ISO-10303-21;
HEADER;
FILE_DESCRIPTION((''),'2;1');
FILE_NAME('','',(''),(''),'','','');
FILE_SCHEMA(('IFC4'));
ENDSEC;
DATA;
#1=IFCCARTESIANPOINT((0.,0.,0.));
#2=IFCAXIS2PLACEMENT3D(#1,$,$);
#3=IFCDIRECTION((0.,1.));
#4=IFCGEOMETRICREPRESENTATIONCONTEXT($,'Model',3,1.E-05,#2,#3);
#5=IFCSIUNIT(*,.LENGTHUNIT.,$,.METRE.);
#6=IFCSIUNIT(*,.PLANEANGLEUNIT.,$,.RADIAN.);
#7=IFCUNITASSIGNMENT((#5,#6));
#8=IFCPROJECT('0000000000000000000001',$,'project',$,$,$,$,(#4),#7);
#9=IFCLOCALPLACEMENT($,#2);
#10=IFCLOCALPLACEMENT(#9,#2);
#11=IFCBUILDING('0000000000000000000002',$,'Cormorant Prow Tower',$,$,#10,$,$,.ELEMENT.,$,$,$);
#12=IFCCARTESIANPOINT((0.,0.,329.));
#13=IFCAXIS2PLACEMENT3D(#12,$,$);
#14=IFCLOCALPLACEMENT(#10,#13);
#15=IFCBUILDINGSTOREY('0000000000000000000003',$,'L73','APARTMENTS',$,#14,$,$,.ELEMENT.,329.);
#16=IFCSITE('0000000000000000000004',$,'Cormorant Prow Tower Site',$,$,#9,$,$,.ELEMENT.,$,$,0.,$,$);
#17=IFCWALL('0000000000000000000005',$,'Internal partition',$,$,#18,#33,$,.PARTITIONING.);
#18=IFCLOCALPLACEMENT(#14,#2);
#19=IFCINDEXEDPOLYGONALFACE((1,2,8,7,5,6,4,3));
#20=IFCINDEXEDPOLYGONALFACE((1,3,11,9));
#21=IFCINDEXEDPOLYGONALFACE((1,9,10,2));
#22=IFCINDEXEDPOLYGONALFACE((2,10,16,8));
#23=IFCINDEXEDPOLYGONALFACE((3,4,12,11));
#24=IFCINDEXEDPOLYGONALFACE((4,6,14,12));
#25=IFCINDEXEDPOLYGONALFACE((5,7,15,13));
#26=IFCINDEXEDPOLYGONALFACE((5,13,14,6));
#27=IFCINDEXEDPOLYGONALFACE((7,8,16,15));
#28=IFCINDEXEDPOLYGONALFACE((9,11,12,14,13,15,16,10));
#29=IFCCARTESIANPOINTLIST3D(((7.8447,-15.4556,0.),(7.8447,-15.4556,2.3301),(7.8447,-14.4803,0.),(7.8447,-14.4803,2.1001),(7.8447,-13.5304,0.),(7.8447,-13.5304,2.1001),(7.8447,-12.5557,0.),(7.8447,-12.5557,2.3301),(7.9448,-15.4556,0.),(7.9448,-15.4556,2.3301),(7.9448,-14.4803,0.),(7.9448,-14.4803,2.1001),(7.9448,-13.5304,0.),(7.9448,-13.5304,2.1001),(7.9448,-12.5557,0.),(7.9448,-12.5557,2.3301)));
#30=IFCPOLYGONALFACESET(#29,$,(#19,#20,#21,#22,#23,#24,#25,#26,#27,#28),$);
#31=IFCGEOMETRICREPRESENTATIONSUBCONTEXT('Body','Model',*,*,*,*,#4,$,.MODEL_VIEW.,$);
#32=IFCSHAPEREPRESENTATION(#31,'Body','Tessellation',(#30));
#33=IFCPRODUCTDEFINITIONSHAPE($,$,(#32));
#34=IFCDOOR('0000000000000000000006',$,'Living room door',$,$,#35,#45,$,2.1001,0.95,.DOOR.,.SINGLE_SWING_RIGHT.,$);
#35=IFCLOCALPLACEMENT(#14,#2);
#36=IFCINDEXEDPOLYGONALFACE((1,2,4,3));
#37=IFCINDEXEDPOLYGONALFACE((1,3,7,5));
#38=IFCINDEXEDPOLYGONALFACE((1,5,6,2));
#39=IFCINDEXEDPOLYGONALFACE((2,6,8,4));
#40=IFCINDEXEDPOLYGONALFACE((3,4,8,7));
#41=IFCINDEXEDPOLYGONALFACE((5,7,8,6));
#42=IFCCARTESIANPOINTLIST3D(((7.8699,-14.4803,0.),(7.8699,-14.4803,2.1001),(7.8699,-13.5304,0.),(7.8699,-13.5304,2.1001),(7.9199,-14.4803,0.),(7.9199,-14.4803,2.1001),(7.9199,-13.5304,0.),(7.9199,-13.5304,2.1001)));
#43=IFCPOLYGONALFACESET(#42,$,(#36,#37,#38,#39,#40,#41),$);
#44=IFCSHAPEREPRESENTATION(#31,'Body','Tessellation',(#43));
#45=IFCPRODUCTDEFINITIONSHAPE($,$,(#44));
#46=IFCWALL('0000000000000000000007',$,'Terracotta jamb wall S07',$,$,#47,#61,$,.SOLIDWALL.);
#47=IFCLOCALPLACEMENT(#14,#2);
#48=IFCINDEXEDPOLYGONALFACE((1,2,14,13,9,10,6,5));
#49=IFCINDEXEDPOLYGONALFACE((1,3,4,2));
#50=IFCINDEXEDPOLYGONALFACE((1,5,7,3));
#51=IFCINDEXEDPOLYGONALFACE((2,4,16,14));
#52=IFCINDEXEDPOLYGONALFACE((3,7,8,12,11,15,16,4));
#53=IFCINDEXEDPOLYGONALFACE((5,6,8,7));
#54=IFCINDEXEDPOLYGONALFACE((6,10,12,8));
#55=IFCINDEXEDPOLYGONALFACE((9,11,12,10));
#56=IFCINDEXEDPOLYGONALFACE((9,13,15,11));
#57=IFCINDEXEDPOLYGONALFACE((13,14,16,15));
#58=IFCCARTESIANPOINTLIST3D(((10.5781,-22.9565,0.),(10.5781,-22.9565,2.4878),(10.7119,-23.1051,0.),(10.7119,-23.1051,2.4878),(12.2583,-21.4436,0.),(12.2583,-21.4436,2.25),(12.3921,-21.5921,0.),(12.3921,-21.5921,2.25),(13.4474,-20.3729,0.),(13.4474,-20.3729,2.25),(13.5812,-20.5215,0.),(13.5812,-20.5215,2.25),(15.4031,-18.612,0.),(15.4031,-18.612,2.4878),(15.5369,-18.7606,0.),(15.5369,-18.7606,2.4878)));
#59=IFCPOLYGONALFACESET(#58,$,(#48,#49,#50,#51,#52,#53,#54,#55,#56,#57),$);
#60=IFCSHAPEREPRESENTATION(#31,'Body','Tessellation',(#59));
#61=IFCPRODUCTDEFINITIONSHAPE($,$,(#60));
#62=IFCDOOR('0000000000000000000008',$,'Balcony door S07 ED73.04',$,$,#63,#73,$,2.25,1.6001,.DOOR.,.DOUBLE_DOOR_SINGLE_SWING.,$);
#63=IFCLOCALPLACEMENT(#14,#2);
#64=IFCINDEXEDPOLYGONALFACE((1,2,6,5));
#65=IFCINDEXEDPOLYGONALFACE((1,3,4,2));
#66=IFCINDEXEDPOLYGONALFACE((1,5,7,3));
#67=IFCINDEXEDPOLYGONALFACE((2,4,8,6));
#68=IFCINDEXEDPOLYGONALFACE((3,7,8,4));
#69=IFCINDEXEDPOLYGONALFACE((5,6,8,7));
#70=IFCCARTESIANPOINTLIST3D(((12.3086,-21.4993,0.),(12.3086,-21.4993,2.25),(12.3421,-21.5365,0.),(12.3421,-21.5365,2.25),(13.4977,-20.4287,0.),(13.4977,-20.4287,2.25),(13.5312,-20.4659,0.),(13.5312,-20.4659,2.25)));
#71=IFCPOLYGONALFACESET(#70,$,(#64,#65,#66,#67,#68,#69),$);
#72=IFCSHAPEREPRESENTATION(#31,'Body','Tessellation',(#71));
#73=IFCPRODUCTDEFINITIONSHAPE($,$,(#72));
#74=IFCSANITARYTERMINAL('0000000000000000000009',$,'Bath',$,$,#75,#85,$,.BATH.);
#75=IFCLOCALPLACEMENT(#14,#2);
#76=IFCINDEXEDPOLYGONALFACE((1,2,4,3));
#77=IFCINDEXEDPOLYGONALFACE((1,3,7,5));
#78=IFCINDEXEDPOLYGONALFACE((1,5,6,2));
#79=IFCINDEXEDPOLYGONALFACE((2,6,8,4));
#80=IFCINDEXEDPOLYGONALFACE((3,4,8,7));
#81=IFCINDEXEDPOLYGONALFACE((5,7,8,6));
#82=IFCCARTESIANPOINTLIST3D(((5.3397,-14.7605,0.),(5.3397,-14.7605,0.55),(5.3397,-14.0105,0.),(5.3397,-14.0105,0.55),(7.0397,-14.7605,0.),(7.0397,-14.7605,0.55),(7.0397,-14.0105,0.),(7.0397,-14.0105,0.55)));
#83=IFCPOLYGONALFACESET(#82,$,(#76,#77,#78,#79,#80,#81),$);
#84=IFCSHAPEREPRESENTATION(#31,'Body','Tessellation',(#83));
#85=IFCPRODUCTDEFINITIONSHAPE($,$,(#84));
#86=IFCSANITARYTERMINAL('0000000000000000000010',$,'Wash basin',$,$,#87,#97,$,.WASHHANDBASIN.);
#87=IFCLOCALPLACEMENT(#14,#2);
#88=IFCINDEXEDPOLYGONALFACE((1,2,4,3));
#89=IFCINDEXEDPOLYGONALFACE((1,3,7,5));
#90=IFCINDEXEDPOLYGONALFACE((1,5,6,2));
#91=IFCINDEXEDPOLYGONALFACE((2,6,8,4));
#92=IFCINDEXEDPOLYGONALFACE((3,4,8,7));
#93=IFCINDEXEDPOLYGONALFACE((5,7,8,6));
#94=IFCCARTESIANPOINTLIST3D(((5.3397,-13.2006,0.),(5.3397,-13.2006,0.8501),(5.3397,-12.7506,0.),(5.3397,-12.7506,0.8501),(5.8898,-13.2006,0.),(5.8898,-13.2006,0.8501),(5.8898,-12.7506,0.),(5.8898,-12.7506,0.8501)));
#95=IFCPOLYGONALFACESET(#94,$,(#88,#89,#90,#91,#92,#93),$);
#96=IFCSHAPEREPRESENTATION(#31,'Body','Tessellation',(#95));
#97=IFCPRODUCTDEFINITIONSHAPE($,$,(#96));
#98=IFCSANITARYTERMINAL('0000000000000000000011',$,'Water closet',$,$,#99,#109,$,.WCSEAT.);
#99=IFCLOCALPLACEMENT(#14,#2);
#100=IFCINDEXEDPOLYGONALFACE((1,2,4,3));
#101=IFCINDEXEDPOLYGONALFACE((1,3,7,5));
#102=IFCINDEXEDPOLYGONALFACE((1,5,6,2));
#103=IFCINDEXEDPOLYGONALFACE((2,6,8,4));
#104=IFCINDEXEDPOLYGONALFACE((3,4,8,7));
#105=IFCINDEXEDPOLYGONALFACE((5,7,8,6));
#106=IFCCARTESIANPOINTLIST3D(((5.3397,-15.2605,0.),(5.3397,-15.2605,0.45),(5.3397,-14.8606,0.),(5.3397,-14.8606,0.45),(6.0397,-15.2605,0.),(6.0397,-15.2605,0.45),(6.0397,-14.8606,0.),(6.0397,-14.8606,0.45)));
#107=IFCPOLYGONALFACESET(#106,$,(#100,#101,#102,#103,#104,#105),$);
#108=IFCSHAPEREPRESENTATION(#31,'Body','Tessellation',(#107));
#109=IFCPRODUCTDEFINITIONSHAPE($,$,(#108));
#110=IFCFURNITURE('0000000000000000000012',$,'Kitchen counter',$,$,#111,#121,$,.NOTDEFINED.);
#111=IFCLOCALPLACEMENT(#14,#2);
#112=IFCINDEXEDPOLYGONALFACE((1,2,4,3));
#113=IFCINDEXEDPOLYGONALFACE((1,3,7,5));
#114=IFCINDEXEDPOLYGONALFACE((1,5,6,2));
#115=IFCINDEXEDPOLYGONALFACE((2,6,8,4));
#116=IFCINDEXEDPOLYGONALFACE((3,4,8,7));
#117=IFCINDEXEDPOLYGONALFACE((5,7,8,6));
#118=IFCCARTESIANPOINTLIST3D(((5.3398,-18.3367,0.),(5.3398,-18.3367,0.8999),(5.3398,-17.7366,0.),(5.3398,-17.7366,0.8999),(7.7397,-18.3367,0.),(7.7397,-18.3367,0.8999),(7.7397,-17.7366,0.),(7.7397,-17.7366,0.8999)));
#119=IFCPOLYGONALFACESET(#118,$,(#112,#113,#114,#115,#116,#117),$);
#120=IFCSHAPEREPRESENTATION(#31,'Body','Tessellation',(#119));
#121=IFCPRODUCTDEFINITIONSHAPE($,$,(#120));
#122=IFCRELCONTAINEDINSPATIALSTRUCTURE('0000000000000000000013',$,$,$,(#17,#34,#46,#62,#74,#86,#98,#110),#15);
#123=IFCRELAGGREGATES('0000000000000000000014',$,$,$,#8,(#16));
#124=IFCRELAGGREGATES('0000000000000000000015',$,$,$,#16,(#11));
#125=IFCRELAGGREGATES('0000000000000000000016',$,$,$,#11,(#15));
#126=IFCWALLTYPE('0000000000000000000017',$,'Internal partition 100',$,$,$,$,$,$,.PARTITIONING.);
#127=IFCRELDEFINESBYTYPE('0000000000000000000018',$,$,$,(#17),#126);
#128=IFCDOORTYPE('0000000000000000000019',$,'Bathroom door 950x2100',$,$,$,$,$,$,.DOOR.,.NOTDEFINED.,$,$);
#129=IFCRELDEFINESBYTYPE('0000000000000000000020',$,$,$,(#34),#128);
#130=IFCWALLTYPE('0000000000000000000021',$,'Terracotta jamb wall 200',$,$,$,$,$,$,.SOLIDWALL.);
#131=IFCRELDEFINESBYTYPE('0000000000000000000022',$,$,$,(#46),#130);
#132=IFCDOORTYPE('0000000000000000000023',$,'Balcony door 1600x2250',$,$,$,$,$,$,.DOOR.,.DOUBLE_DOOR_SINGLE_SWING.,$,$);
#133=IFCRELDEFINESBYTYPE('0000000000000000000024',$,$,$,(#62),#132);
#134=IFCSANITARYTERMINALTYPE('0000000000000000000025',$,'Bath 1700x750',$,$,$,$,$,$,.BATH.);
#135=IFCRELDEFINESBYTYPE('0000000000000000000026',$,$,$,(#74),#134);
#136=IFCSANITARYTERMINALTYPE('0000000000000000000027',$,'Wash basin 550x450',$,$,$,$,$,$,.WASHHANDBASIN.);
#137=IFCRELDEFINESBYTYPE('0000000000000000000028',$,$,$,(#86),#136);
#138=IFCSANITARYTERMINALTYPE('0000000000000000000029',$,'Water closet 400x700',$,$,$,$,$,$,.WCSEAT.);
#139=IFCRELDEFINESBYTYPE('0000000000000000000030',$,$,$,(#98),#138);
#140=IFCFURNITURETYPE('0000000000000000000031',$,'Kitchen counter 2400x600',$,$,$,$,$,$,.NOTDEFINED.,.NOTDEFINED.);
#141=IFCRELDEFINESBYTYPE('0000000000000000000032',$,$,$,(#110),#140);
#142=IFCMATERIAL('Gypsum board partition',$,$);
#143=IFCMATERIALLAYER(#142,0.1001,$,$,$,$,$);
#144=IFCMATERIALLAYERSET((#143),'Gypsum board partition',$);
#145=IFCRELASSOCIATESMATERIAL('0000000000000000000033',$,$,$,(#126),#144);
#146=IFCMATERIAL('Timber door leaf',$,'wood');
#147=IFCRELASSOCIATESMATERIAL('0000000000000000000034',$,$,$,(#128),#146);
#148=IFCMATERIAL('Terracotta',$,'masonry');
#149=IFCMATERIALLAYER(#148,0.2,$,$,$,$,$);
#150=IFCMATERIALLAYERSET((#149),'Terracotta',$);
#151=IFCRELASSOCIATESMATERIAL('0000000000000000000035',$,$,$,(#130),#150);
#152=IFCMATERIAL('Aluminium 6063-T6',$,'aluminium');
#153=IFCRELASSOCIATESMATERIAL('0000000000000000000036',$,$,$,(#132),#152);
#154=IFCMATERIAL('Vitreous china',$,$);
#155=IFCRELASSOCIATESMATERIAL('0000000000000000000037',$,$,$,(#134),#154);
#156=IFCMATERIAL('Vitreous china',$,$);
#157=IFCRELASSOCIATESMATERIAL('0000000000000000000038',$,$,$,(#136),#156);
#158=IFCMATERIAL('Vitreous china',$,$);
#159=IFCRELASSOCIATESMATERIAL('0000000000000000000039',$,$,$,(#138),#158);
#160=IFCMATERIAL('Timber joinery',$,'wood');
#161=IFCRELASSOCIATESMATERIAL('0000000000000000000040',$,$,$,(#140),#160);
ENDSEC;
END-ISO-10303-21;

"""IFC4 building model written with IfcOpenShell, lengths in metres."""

from ifc_helpers import new_model, si_unit, direction, frame, frame_2d, origin, origin_2d, place, context, subcontext, project, spatial, rectangle, extrude, material, layer, layer_set, type_object, element, fill, save


model = new_model("IFC4")

# Units and contexts
model_context = context("Model", 3, precision=1e-05, world=origin(), true_north=direction((0.0, 1.0)))
body_context = subcontext(model_context, "Body", "Model", "MODEL_VIEW")
ifc_project = project(units=[si_unit("LENGTHUNIT", "METRE"), si_unit("PLANEANGLEUNIT", "RADIAN")], contexts=[model_context])

# Site, building, storey
site_placement = place(None, origin())
site = spatial("IfcSite", under=ifc_project, at=site_placement, Name="Cormorant Prow Tower Site", CompositionType="ELEMENT", RefElevation=0.0)
building_placement = place(site_placement, origin())
building = spatial("IfcBuilding", under=site, at=building_placement, Name="Cormorant Prow Tower", CompositionType="ELEMENT")
storey_placement = place(building_placement, frame((0.0, 0.0, 329.0)))
storey = spatial("IfcBuildingStorey", under=building, at=storey_placement, Name="L73", Description="APARTMENTS", CompositionType="ELEMENT", Elevation=329.0)

# Walls, openings, doors
ifc_material_1 = material(Name="Gypsum board partition")
ifc_layer_1 = layer(ifc_material_1, 0.1001)
ifc_layer_set_1 = layer_set([ifc_layer_1], Name="Gypsum board partition")
wall_type_1 = type_object("IfcWallType", Name="Internal partition 100", PredefinedType="PARTITIONING", material=ifc_layer_set_1)
ifc_material_2 = material(Name="Timber door leaf", Category="wood")
door_type_1 = type_object("IfcDoorType", Name="Bathroom door 950x2100", OperationType="NOTDEFINED", PredefinedType="DOOR", material=ifc_material_2)
wall_1_placement = place(storey_placement, frame((7.8948, -15.4556, 0.0), z_axis=(0.0, 0.0, 1.0), x_axis=(0.0, 1.0, 0.0)))
wall_1 = element("IfcWall", 1, at=wall_1_placement, inside=storey, type_object=wall_type_1, Name="Internal partition", PredefinedType="PARTITIONING", context=body_context, shape_type="SweptSolid", body=[
    extrude(rectangle(XDim=2.8999, YDim=0.1001, at=frame_2d((1.45, 0.0))), origin(), (0.0, 0.0, 1.0), 2.3301),
])
opening_1_placement = place(wall_1_placement, frame((0.9751, 0.0, 0.0)))
opening_1 = element("IfcOpeningElement", 2, at=opening_1_placement, cuts=wall_1, PredefinedType="OPENING", context=body_context, shape_type="SweptSolid", body=[
    extrude(rectangle(XDim=0.95, YDim=2.1001, at=frame_2d((0.4751, 1.05))), frame((0.0, 0.0601, 0.0), z_axis=(0.0, -1.0, 0.0), x_axis=(1.0, 0.0, 0.0)), (0.0, 0.0, 1.0), 0.1201),
])
door_1_placement = place(opening_1_placement, origin())
door_1 = element("IfcDoor", 3, at=door_1_placement, inside=storey, type_object=door_type_1, Name="Living room door", OperationType="SINGLE_SWING_RIGHT", OverallHeight=2.1001, OverallWidth=0.95, PredefinedType="DOOR", context=body_context, shape_type="SweptSolid", body=[
    extrude(rectangle(XDim=0.95, YDim=2.1001, at=frame_2d((0.4751, 1.05))), frame((0.0, 0.0249, 0.0), z_axis=(0.0, -1.0, 0.0), x_axis=(1.0, 0.0, 0.0)), (0.0, 0.0, 1.0), 0.05),
])
fill(opening_1, door_1)
ifc_material_3 = material(Name="Terracotta", Category="masonry")
ifc_layer_2 = layer(ifc_material_3, 0.2)
ifc_layer_set_2 = layer_set([ifc_layer_2], Name="Terracotta")
wall_type_2 = type_object("IfcWallType", Name="Terracotta jamb wall 200", PredefinedType="SOLIDWALL", material=ifc_layer_set_2)
wall_2_placement = place(storey_placement, frame((10.645, -23.0308, 0.0), z_axis=(0.0, 0.0, 1.0), x_axis=(0.743139, 0.669137, 0.0)))
wall_2 = element("IfcWall", 4, at=wall_2_placement, inside=storey, type_object=wall_type_2, Name="Terracotta jamb wall S07", PredefinedType="SOLIDWALL", context=body_context, shape_type="SweptSolid", body=[
    extrude(rectangle(XDim=6.4927, YDim=0.2, at=frame_2d((3.2463, 0.0))), origin(), (0.0, 0.0, 1.0), 2.4878),
])
opening_2_placement = place(wall_2_placement, frame((2.261, 0.0, 0.0)))
opening_2 = element("IfcOpeningElement", 5, at=opening_2_placement, cuts=wall_2, PredefinedType="OPENING", context=body_context, shape_type="SweptSolid", body=[
    extrude(rectangle(XDim=1.6001, YDim=2.25, at=frame_2d((0.8, 1.125))), frame((0.0, 0.1099, 0.0), z_axis=(0.0, -1.0, 0.0), x_axis=(1.0, 0.0, 0.0)), (0.0, 0.0, 1.0), 0.22),
])
ifc_material_4 = material(Name="Aluminium 6063-T6", Category="aluminium")
door_type_2 = type_object("IfcDoorType", Name="Balcony door 1600x2250", OperationType="DOUBLE_DOOR_SINGLE_SWING", PredefinedType="DOOR", material=ifc_material_4)
door_2_placement = place(opening_2_placement, origin())
door_2 = element("IfcDoor", 6, at=door_2_placement, inside=storey, type_object=door_type_2, Name="Balcony door S07 ED73.04", OperationType="DOUBLE_DOOR_SINGLE_SWING", OverallHeight=2.25, OverallWidth=1.6001, PredefinedType="DOOR", context=body_context, shape_type="SweptSolid", body=[
    extrude(rectangle(XDim=1.6001, YDim=2.25, at=frame_2d((0.8, 1.125))), frame((0.0, 0.0249, 0.0), z_axis=(0.0, -1.0, 0.0), x_axis=(1.0, 0.0, 0.0)), (0.0, 0.0, 1.0), 0.05),
])
fill(opening_2, door_2)

# Sanitary terminals
ifc_material_5 = material(Name="Vitreous china")
sanitary_terminal_type_1 = type_object("IfcSanitaryTerminalType", Name="Bath 1700x750", PredefinedType="BATH", material=ifc_material_5)
sanitary_terminal_1_placement = place(storey_placement, frame((6.1897, -14.3855, 0.0), z_axis=(0.0, 0.0, 1.0), x_axis=(1.0, 0.0, 0.0)))
element("IfcSanitaryTerminal", 7, at=sanitary_terminal_1_placement, inside=storey, type_object=sanitary_terminal_type_1, Name="Bath", PredefinedType="BATH", context=body_context, shape_type="SweptSolid", body=[
    extrude(rectangle(XDim=1.7, YDim=0.75, at=origin_2d()), origin(), (0.0, 0.0, 1.0), 0.55),
])
ifc_material_6 = material(Name="Vitreous china")
sanitary_terminal_type_2 = type_object("IfcSanitaryTerminalType", Name="Wash basin 550x450", PredefinedType="WASHHANDBASIN", material=ifc_material_6)
sanitary_terminal_2_placement = place(storey_placement, frame((5.6147, -12.9756, 0.0), z_axis=(0.0, 0.0, 1.0), x_axis=(1.0, 0.0, 0.0)))
element("IfcSanitaryTerminal", 8, at=sanitary_terminal_2_placement, inside=storey, type_object=sanitary_terminal_type_2, Name="Wash basin", PredefinedType="WASHHANDBASIN", context=body_context, shape_type="SweptSolid", body=[
    extrude(rectangle(XDim=0.55, YDim=0.45, at=origin_2d()), origin(), (0.0, 0.0, 1.0), 0.8501),
])
ifc_material_7 = material(Name="Vitreous china")
sanitary_terminal_type_3 = type_object("IfcSanitaryTerminalType", Name="Water closet 400x700", PredefinedType="WCSEAT", material=ifc_material_7)
sanitary_terminal_3_placement = place(storey_placement, frame((5.6897, -15.0605, 0.0), z_axis=(0.0, 0.0, 1.0), x_axis=(0.0, 1.0, 0.0)))
element("IfcSanitaryTerminal", 9, at=sanitary_terminal_3_placement, inside=storey, type_object=sanitary_terminal_type_3, Name="Water closet", PredefinedType="WCSEAT", context=body_context, shape_type="SweptSolid", body=[
    extrude(rectangle(XDim=0.3999, YDim=0.7, at=origin_2d()), origin(), (0.0, 0.0, 1.0), 0.45),
])

# Furniture
ifc_material_8 = material(Name="Timber joinery", Category="wood")
furniture_type = type_object("IfcFurnitureType", Name="Kitchen counter 2400x600", AssemblyPlace="NOTDEFINED", PredefinedType="NOTDEFINED", material=ifc_material_8)
furniture_placement = place(storey_placement, frame((6.5398, -18.0366, 0.0), z_axis=(0.0, 0.0, 1.0), x_axis=(1.0, 0.0, 0.0)))
element("IfcFurniture", 10, at=furniture_placement, inside=storey, type_object=furniture_type, Name="Kitchen counter", PredefinedType="NOTDEFINED", context=body_context, shape_type="SweptSolid", body=[
    extrude(rectangle(XDim=2.3999, YDim=0.6001, at=origin_2d()), origin(), (0.0, 0.0, 1.0), 0.8999),
])

save(model, "model.ifc")
